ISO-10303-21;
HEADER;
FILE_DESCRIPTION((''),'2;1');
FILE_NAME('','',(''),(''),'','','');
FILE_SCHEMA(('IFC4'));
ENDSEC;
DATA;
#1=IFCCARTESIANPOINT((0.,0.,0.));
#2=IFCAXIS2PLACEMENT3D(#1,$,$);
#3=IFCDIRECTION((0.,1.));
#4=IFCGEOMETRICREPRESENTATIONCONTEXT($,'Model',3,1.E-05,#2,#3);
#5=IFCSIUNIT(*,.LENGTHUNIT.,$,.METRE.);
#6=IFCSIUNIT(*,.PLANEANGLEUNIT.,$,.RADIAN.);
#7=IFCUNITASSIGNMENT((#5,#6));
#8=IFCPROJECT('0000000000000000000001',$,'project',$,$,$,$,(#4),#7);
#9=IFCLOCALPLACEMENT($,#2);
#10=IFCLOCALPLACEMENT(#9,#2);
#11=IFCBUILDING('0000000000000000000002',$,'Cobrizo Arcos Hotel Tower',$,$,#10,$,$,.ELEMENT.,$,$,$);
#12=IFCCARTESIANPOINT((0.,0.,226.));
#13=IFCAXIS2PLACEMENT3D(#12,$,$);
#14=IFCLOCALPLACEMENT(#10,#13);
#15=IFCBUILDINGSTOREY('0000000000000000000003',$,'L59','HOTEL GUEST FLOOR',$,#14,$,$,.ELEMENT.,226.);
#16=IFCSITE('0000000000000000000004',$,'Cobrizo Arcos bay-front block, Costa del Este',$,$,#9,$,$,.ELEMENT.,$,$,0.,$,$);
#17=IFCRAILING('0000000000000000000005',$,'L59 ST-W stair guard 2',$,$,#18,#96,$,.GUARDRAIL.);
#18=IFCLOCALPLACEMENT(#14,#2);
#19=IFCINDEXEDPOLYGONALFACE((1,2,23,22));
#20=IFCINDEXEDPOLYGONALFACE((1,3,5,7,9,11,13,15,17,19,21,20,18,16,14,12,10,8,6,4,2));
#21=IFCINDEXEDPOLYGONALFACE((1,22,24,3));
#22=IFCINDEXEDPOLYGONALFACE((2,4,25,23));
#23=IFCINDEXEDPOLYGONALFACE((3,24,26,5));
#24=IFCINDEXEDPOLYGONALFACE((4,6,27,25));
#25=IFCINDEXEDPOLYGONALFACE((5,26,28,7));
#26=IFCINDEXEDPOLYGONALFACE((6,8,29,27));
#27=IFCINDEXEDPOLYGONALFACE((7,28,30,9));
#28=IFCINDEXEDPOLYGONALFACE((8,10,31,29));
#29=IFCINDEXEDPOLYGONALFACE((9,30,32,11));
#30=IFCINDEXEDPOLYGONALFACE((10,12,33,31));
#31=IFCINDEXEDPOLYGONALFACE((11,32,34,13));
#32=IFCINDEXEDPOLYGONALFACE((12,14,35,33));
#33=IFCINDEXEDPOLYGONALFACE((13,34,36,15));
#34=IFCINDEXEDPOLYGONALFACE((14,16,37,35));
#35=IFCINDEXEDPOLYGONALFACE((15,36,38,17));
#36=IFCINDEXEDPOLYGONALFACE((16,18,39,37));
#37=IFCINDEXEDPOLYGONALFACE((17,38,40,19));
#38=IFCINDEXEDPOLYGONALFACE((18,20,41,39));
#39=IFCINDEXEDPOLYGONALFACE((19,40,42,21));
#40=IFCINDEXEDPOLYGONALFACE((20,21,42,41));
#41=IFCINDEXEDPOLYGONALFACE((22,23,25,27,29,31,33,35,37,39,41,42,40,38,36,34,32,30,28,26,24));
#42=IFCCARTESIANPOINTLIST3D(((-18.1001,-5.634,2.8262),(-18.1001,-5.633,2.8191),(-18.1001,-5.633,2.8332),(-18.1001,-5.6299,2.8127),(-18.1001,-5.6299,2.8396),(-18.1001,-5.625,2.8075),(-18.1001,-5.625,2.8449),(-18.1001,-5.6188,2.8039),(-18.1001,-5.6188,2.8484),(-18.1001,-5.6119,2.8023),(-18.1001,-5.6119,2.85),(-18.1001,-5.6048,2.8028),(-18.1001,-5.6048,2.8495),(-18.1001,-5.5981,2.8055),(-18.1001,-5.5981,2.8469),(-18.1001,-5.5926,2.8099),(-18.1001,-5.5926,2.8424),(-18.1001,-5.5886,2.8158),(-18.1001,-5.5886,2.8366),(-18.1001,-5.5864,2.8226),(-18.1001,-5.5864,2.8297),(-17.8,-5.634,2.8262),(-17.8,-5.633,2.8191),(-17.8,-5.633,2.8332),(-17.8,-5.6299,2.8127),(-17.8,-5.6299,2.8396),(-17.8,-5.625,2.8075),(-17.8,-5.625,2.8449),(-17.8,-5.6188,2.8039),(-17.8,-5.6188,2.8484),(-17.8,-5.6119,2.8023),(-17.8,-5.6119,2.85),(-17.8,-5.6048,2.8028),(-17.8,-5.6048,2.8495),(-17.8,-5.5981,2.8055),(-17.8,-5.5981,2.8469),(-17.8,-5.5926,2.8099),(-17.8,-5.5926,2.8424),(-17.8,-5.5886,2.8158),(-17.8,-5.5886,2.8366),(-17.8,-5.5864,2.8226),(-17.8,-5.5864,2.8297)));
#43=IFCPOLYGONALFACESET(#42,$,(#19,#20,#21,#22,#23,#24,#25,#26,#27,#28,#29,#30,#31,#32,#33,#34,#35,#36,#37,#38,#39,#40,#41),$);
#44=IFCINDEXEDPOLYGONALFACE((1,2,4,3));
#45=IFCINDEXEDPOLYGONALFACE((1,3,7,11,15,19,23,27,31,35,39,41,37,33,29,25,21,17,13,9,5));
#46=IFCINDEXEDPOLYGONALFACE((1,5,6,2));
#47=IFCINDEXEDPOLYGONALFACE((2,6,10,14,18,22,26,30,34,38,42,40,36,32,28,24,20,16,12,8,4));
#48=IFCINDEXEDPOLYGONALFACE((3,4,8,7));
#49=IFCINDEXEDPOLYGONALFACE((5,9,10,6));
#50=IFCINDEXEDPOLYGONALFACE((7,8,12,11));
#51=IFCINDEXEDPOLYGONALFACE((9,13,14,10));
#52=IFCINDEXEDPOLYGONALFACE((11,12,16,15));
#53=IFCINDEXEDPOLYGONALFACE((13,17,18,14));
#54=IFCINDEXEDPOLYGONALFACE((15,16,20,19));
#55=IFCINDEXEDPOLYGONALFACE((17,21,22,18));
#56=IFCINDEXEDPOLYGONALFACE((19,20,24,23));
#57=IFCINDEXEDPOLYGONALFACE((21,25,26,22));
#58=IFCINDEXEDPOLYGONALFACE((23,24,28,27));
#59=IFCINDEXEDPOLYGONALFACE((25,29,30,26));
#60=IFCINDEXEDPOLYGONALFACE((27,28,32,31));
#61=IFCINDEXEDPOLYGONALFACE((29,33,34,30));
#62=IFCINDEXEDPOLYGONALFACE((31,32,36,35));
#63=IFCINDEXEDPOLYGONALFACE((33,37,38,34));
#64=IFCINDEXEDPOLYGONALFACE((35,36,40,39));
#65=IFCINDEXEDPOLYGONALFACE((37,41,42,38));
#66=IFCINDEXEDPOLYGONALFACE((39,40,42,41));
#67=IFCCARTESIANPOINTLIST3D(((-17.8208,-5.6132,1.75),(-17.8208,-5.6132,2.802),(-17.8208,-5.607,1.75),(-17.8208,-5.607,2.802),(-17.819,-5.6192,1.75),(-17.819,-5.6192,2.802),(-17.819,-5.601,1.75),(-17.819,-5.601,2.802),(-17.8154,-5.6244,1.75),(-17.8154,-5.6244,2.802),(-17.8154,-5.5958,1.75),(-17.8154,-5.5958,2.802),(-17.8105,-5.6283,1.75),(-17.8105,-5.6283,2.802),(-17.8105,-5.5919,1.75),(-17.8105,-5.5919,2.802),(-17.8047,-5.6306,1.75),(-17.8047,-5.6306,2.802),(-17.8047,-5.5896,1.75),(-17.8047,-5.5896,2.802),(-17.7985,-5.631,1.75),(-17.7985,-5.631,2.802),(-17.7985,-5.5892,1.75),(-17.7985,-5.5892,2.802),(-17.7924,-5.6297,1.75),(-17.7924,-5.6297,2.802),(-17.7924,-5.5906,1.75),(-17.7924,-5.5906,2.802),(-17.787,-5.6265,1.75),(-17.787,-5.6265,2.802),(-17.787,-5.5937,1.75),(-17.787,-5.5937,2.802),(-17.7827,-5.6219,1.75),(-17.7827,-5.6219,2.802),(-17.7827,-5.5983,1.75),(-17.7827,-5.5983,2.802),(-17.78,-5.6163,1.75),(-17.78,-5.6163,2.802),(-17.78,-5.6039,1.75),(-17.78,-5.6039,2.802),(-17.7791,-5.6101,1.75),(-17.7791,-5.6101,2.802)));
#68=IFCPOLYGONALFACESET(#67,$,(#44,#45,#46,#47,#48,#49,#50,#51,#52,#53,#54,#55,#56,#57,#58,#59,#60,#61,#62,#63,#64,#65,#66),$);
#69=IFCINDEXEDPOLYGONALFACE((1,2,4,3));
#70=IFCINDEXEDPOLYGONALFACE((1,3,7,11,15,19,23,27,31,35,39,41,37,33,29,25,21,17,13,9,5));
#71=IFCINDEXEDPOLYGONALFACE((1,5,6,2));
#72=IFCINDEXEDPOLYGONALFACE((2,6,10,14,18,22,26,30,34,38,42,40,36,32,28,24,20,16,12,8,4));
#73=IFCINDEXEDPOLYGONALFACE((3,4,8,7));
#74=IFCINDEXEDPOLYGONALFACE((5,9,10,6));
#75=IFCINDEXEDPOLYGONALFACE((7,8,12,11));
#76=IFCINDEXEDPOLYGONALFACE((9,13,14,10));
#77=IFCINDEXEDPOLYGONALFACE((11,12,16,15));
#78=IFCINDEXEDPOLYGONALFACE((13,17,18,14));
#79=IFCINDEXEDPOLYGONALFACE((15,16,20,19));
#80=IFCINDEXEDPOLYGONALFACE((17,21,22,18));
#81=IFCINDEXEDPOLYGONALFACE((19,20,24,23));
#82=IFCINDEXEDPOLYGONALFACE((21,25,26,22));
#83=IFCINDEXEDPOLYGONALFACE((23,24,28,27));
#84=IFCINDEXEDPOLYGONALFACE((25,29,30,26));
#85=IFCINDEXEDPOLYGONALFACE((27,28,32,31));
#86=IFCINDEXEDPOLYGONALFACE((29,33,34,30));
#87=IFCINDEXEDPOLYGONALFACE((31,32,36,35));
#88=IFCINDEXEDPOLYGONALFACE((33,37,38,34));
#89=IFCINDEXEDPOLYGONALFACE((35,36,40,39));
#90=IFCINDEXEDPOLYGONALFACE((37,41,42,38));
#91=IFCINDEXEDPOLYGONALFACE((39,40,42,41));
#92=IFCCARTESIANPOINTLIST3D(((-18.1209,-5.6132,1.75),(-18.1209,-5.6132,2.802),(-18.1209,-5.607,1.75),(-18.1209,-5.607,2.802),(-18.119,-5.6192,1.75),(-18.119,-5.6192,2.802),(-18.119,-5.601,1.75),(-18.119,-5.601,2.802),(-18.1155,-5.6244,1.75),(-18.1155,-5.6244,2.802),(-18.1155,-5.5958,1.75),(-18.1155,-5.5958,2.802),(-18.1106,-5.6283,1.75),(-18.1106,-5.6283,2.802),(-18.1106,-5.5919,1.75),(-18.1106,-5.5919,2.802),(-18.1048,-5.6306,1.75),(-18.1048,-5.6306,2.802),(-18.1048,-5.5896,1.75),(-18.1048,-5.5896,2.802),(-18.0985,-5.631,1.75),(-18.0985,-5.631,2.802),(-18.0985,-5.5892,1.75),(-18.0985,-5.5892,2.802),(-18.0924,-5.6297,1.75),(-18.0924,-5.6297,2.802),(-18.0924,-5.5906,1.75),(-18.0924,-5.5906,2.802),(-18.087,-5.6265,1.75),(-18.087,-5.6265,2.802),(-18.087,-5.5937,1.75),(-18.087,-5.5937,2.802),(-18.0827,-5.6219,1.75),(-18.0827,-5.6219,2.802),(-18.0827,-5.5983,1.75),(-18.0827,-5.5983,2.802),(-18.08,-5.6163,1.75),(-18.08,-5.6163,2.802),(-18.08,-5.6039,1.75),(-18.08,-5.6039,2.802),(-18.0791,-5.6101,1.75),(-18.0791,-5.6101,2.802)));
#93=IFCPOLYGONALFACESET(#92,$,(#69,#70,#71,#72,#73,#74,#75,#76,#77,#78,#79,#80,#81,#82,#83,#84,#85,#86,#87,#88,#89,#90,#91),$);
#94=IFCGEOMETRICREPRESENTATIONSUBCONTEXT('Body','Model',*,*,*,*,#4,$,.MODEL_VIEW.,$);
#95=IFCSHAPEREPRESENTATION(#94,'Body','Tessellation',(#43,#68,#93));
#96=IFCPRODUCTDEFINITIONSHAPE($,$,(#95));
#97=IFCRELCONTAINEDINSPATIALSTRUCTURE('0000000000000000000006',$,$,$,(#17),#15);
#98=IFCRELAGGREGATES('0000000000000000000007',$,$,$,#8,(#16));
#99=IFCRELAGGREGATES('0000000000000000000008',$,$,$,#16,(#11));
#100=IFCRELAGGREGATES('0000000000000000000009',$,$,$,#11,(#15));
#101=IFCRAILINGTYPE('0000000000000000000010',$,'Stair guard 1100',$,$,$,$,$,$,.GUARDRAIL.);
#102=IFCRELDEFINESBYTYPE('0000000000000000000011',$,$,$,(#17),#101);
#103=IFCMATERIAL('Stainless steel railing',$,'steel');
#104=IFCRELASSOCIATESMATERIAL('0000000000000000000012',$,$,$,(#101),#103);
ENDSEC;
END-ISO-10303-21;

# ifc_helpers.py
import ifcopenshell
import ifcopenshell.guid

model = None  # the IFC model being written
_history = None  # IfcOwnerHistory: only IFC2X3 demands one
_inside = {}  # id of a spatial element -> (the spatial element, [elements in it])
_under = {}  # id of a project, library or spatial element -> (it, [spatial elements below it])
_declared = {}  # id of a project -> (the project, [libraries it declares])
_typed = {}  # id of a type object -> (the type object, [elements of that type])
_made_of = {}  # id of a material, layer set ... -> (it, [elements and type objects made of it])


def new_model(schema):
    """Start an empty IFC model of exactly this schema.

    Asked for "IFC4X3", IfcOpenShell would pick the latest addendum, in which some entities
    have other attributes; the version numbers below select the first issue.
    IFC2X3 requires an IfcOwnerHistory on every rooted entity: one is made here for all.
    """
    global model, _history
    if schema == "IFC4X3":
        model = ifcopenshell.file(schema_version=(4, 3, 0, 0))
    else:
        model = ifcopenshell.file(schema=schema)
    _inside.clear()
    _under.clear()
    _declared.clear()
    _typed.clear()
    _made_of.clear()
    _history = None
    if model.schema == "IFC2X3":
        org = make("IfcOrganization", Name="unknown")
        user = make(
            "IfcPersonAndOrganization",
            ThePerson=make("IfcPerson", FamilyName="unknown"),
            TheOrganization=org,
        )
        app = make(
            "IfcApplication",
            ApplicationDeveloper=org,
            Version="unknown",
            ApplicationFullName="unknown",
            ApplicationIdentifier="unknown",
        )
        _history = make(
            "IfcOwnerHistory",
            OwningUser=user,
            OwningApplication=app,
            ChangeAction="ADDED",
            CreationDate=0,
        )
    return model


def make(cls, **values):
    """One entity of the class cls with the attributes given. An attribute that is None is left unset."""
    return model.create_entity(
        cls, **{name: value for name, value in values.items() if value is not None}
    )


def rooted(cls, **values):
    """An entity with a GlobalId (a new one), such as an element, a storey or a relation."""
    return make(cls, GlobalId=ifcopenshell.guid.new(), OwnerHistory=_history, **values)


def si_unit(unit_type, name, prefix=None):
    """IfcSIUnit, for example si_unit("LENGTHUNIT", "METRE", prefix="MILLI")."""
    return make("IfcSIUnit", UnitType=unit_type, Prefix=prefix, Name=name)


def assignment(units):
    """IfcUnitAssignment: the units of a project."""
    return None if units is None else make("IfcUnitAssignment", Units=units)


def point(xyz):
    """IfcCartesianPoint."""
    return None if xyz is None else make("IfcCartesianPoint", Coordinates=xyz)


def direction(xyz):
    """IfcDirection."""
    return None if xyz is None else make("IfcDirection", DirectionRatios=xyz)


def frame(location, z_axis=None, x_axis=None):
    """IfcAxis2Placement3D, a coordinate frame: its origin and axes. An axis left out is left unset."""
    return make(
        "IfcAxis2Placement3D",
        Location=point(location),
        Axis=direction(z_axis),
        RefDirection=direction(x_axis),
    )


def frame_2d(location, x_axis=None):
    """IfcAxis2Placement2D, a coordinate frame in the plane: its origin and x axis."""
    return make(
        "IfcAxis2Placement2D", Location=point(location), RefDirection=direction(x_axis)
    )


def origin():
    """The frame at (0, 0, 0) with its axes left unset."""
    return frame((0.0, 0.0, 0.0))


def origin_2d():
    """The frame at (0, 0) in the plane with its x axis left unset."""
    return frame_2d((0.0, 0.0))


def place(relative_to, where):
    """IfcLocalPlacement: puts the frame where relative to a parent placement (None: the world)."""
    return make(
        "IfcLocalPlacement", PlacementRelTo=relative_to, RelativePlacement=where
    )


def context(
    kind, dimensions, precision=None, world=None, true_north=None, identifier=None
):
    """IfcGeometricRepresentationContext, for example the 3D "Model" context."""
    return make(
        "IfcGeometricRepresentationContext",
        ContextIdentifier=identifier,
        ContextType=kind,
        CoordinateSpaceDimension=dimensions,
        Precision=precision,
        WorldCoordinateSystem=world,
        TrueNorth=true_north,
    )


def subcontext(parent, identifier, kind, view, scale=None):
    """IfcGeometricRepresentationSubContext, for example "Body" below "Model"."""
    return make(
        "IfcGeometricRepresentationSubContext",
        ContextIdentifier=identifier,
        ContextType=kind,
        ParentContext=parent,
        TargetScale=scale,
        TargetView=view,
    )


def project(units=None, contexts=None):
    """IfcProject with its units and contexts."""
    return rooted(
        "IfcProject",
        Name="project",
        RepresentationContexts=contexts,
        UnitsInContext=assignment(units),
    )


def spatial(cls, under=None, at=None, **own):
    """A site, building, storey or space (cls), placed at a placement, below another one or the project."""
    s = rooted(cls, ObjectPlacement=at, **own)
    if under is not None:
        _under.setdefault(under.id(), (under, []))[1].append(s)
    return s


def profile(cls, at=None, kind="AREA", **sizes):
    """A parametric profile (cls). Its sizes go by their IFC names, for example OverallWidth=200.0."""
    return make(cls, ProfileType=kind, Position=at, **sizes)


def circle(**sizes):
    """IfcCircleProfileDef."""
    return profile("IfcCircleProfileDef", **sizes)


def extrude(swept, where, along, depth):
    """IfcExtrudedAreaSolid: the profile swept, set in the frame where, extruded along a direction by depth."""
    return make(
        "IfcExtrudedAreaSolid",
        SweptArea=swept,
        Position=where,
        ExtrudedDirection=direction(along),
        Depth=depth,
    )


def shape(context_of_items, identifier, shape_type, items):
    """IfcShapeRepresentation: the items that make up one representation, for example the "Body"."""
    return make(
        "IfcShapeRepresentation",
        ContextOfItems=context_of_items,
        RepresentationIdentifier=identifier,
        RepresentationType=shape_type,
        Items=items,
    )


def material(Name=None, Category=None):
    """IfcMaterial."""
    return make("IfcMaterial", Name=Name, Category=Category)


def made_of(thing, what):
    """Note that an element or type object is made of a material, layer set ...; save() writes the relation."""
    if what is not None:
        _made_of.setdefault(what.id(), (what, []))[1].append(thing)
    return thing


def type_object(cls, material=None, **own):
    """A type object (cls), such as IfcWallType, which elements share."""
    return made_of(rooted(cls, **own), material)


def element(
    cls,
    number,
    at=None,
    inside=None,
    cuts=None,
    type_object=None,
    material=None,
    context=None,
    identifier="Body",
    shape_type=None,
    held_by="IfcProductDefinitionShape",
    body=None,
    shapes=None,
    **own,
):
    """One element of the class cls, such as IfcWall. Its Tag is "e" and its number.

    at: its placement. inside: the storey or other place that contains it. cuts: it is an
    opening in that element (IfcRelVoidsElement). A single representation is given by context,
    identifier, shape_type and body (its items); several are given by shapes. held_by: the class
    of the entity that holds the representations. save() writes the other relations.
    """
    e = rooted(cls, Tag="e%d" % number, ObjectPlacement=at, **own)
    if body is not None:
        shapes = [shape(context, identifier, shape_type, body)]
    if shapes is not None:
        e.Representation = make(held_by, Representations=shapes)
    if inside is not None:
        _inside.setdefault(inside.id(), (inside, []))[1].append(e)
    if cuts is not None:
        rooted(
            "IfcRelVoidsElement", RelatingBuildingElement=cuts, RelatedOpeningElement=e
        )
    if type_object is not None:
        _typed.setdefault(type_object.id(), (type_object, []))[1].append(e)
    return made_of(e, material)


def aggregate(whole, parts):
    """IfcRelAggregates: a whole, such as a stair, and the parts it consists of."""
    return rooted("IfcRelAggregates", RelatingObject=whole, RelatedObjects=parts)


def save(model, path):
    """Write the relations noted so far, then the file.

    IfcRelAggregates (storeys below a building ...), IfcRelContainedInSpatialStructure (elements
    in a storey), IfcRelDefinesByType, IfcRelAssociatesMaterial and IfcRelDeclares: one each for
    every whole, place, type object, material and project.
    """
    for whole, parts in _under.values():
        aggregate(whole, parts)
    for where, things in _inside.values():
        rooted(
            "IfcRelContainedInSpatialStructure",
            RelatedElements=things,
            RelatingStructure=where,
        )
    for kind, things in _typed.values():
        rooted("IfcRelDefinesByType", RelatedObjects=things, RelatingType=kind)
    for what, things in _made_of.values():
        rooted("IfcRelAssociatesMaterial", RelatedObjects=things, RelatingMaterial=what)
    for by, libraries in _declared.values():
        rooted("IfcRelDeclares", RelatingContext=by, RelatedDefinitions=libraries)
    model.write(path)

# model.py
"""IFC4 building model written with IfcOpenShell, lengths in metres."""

from ifc_helpers import new_model, si_unit, direction, frame, origin, origin_2d, place, context, subcontext, project, spatial, circle, extrude, material, type_object, element, save


model = new_model("IFC4")

# Units and contexts
model_context = context("Model", 3, precision=1e-05, world=origin(), true_north=direction((0.0, 1.0)))
body_context = subcontext(model_context, "Body", "Model", "MODEL_VIEW")
ifc_project = project(units=[si_unit("LENGTHUNIT", "METRE"), si_unit("PLANEANGLEUNIT", "RADIAN")], contexts=[model_context])

# Site, building, storey
site_placement = place(None, origin())
site = spatial("IfcSite", under=ifc_project, at=site_placement, Name="Cobrizo Arcos bay-front block, Costa del Este", CompositionType="ELEMENT", RefElevation=0.0)
building_placement = place(site_placement, origin())
building = spatial("IfcBuilding", under=site, at=building_placement, Name="Cobrizo Arcos Hotel Tower", CompositionType="ELEMENT")
storey_placement = place(building_placement, frame((0.0, 0.0, 226.0)))
storey = spatial("IfcBuildingStorey", under=building, at=storey_placement, Name="L59", Description="HOTEL GUEST FLOOR", CompositionType="ELEMENT", Elevation=226.0)

# Railing
ifc_material_1 = material(Name="Stainless steel railing", Category="steel")
railing_type_1 = type_object("IfcRailingType", Name="Stair guard 1100", PredefinedType="GUARDRAIL", material=ifc_material_1)
railing_1_placement = place(storey_placement, frame((-17.8, -5.6101, 1.75)))
element("IfcRailing", 1, at=railing_1_placement, inside=storey, type_object=railing_type_1, Name="L59 ST-W stair guard 2", PredefinedType="GUARDRAIL", context=body_context, shape_type="SweptSolid", body=[
    extrude(circle(Radius=0.0239, at=origin_2d()), frame((0.0, 0.0, 1.0762), z_axis=(-1.0, 0.0, 0.0), x_axis=(0.0, -1.0, 0.0)), (0.0, 0.0, 1.0), 0.3),
    extrude(circle(Radius=0.021, at=origin_2d()), origin(), (0.0, 0.0, 1.0), 1.052),
    extrude(circle(Radius=0.021, at=origin_2d()), frame((-0.3, 0.0, 0.0)), (0.0, 0.0, 1.0), 1.052),
])

save(model, "model.ifc")
